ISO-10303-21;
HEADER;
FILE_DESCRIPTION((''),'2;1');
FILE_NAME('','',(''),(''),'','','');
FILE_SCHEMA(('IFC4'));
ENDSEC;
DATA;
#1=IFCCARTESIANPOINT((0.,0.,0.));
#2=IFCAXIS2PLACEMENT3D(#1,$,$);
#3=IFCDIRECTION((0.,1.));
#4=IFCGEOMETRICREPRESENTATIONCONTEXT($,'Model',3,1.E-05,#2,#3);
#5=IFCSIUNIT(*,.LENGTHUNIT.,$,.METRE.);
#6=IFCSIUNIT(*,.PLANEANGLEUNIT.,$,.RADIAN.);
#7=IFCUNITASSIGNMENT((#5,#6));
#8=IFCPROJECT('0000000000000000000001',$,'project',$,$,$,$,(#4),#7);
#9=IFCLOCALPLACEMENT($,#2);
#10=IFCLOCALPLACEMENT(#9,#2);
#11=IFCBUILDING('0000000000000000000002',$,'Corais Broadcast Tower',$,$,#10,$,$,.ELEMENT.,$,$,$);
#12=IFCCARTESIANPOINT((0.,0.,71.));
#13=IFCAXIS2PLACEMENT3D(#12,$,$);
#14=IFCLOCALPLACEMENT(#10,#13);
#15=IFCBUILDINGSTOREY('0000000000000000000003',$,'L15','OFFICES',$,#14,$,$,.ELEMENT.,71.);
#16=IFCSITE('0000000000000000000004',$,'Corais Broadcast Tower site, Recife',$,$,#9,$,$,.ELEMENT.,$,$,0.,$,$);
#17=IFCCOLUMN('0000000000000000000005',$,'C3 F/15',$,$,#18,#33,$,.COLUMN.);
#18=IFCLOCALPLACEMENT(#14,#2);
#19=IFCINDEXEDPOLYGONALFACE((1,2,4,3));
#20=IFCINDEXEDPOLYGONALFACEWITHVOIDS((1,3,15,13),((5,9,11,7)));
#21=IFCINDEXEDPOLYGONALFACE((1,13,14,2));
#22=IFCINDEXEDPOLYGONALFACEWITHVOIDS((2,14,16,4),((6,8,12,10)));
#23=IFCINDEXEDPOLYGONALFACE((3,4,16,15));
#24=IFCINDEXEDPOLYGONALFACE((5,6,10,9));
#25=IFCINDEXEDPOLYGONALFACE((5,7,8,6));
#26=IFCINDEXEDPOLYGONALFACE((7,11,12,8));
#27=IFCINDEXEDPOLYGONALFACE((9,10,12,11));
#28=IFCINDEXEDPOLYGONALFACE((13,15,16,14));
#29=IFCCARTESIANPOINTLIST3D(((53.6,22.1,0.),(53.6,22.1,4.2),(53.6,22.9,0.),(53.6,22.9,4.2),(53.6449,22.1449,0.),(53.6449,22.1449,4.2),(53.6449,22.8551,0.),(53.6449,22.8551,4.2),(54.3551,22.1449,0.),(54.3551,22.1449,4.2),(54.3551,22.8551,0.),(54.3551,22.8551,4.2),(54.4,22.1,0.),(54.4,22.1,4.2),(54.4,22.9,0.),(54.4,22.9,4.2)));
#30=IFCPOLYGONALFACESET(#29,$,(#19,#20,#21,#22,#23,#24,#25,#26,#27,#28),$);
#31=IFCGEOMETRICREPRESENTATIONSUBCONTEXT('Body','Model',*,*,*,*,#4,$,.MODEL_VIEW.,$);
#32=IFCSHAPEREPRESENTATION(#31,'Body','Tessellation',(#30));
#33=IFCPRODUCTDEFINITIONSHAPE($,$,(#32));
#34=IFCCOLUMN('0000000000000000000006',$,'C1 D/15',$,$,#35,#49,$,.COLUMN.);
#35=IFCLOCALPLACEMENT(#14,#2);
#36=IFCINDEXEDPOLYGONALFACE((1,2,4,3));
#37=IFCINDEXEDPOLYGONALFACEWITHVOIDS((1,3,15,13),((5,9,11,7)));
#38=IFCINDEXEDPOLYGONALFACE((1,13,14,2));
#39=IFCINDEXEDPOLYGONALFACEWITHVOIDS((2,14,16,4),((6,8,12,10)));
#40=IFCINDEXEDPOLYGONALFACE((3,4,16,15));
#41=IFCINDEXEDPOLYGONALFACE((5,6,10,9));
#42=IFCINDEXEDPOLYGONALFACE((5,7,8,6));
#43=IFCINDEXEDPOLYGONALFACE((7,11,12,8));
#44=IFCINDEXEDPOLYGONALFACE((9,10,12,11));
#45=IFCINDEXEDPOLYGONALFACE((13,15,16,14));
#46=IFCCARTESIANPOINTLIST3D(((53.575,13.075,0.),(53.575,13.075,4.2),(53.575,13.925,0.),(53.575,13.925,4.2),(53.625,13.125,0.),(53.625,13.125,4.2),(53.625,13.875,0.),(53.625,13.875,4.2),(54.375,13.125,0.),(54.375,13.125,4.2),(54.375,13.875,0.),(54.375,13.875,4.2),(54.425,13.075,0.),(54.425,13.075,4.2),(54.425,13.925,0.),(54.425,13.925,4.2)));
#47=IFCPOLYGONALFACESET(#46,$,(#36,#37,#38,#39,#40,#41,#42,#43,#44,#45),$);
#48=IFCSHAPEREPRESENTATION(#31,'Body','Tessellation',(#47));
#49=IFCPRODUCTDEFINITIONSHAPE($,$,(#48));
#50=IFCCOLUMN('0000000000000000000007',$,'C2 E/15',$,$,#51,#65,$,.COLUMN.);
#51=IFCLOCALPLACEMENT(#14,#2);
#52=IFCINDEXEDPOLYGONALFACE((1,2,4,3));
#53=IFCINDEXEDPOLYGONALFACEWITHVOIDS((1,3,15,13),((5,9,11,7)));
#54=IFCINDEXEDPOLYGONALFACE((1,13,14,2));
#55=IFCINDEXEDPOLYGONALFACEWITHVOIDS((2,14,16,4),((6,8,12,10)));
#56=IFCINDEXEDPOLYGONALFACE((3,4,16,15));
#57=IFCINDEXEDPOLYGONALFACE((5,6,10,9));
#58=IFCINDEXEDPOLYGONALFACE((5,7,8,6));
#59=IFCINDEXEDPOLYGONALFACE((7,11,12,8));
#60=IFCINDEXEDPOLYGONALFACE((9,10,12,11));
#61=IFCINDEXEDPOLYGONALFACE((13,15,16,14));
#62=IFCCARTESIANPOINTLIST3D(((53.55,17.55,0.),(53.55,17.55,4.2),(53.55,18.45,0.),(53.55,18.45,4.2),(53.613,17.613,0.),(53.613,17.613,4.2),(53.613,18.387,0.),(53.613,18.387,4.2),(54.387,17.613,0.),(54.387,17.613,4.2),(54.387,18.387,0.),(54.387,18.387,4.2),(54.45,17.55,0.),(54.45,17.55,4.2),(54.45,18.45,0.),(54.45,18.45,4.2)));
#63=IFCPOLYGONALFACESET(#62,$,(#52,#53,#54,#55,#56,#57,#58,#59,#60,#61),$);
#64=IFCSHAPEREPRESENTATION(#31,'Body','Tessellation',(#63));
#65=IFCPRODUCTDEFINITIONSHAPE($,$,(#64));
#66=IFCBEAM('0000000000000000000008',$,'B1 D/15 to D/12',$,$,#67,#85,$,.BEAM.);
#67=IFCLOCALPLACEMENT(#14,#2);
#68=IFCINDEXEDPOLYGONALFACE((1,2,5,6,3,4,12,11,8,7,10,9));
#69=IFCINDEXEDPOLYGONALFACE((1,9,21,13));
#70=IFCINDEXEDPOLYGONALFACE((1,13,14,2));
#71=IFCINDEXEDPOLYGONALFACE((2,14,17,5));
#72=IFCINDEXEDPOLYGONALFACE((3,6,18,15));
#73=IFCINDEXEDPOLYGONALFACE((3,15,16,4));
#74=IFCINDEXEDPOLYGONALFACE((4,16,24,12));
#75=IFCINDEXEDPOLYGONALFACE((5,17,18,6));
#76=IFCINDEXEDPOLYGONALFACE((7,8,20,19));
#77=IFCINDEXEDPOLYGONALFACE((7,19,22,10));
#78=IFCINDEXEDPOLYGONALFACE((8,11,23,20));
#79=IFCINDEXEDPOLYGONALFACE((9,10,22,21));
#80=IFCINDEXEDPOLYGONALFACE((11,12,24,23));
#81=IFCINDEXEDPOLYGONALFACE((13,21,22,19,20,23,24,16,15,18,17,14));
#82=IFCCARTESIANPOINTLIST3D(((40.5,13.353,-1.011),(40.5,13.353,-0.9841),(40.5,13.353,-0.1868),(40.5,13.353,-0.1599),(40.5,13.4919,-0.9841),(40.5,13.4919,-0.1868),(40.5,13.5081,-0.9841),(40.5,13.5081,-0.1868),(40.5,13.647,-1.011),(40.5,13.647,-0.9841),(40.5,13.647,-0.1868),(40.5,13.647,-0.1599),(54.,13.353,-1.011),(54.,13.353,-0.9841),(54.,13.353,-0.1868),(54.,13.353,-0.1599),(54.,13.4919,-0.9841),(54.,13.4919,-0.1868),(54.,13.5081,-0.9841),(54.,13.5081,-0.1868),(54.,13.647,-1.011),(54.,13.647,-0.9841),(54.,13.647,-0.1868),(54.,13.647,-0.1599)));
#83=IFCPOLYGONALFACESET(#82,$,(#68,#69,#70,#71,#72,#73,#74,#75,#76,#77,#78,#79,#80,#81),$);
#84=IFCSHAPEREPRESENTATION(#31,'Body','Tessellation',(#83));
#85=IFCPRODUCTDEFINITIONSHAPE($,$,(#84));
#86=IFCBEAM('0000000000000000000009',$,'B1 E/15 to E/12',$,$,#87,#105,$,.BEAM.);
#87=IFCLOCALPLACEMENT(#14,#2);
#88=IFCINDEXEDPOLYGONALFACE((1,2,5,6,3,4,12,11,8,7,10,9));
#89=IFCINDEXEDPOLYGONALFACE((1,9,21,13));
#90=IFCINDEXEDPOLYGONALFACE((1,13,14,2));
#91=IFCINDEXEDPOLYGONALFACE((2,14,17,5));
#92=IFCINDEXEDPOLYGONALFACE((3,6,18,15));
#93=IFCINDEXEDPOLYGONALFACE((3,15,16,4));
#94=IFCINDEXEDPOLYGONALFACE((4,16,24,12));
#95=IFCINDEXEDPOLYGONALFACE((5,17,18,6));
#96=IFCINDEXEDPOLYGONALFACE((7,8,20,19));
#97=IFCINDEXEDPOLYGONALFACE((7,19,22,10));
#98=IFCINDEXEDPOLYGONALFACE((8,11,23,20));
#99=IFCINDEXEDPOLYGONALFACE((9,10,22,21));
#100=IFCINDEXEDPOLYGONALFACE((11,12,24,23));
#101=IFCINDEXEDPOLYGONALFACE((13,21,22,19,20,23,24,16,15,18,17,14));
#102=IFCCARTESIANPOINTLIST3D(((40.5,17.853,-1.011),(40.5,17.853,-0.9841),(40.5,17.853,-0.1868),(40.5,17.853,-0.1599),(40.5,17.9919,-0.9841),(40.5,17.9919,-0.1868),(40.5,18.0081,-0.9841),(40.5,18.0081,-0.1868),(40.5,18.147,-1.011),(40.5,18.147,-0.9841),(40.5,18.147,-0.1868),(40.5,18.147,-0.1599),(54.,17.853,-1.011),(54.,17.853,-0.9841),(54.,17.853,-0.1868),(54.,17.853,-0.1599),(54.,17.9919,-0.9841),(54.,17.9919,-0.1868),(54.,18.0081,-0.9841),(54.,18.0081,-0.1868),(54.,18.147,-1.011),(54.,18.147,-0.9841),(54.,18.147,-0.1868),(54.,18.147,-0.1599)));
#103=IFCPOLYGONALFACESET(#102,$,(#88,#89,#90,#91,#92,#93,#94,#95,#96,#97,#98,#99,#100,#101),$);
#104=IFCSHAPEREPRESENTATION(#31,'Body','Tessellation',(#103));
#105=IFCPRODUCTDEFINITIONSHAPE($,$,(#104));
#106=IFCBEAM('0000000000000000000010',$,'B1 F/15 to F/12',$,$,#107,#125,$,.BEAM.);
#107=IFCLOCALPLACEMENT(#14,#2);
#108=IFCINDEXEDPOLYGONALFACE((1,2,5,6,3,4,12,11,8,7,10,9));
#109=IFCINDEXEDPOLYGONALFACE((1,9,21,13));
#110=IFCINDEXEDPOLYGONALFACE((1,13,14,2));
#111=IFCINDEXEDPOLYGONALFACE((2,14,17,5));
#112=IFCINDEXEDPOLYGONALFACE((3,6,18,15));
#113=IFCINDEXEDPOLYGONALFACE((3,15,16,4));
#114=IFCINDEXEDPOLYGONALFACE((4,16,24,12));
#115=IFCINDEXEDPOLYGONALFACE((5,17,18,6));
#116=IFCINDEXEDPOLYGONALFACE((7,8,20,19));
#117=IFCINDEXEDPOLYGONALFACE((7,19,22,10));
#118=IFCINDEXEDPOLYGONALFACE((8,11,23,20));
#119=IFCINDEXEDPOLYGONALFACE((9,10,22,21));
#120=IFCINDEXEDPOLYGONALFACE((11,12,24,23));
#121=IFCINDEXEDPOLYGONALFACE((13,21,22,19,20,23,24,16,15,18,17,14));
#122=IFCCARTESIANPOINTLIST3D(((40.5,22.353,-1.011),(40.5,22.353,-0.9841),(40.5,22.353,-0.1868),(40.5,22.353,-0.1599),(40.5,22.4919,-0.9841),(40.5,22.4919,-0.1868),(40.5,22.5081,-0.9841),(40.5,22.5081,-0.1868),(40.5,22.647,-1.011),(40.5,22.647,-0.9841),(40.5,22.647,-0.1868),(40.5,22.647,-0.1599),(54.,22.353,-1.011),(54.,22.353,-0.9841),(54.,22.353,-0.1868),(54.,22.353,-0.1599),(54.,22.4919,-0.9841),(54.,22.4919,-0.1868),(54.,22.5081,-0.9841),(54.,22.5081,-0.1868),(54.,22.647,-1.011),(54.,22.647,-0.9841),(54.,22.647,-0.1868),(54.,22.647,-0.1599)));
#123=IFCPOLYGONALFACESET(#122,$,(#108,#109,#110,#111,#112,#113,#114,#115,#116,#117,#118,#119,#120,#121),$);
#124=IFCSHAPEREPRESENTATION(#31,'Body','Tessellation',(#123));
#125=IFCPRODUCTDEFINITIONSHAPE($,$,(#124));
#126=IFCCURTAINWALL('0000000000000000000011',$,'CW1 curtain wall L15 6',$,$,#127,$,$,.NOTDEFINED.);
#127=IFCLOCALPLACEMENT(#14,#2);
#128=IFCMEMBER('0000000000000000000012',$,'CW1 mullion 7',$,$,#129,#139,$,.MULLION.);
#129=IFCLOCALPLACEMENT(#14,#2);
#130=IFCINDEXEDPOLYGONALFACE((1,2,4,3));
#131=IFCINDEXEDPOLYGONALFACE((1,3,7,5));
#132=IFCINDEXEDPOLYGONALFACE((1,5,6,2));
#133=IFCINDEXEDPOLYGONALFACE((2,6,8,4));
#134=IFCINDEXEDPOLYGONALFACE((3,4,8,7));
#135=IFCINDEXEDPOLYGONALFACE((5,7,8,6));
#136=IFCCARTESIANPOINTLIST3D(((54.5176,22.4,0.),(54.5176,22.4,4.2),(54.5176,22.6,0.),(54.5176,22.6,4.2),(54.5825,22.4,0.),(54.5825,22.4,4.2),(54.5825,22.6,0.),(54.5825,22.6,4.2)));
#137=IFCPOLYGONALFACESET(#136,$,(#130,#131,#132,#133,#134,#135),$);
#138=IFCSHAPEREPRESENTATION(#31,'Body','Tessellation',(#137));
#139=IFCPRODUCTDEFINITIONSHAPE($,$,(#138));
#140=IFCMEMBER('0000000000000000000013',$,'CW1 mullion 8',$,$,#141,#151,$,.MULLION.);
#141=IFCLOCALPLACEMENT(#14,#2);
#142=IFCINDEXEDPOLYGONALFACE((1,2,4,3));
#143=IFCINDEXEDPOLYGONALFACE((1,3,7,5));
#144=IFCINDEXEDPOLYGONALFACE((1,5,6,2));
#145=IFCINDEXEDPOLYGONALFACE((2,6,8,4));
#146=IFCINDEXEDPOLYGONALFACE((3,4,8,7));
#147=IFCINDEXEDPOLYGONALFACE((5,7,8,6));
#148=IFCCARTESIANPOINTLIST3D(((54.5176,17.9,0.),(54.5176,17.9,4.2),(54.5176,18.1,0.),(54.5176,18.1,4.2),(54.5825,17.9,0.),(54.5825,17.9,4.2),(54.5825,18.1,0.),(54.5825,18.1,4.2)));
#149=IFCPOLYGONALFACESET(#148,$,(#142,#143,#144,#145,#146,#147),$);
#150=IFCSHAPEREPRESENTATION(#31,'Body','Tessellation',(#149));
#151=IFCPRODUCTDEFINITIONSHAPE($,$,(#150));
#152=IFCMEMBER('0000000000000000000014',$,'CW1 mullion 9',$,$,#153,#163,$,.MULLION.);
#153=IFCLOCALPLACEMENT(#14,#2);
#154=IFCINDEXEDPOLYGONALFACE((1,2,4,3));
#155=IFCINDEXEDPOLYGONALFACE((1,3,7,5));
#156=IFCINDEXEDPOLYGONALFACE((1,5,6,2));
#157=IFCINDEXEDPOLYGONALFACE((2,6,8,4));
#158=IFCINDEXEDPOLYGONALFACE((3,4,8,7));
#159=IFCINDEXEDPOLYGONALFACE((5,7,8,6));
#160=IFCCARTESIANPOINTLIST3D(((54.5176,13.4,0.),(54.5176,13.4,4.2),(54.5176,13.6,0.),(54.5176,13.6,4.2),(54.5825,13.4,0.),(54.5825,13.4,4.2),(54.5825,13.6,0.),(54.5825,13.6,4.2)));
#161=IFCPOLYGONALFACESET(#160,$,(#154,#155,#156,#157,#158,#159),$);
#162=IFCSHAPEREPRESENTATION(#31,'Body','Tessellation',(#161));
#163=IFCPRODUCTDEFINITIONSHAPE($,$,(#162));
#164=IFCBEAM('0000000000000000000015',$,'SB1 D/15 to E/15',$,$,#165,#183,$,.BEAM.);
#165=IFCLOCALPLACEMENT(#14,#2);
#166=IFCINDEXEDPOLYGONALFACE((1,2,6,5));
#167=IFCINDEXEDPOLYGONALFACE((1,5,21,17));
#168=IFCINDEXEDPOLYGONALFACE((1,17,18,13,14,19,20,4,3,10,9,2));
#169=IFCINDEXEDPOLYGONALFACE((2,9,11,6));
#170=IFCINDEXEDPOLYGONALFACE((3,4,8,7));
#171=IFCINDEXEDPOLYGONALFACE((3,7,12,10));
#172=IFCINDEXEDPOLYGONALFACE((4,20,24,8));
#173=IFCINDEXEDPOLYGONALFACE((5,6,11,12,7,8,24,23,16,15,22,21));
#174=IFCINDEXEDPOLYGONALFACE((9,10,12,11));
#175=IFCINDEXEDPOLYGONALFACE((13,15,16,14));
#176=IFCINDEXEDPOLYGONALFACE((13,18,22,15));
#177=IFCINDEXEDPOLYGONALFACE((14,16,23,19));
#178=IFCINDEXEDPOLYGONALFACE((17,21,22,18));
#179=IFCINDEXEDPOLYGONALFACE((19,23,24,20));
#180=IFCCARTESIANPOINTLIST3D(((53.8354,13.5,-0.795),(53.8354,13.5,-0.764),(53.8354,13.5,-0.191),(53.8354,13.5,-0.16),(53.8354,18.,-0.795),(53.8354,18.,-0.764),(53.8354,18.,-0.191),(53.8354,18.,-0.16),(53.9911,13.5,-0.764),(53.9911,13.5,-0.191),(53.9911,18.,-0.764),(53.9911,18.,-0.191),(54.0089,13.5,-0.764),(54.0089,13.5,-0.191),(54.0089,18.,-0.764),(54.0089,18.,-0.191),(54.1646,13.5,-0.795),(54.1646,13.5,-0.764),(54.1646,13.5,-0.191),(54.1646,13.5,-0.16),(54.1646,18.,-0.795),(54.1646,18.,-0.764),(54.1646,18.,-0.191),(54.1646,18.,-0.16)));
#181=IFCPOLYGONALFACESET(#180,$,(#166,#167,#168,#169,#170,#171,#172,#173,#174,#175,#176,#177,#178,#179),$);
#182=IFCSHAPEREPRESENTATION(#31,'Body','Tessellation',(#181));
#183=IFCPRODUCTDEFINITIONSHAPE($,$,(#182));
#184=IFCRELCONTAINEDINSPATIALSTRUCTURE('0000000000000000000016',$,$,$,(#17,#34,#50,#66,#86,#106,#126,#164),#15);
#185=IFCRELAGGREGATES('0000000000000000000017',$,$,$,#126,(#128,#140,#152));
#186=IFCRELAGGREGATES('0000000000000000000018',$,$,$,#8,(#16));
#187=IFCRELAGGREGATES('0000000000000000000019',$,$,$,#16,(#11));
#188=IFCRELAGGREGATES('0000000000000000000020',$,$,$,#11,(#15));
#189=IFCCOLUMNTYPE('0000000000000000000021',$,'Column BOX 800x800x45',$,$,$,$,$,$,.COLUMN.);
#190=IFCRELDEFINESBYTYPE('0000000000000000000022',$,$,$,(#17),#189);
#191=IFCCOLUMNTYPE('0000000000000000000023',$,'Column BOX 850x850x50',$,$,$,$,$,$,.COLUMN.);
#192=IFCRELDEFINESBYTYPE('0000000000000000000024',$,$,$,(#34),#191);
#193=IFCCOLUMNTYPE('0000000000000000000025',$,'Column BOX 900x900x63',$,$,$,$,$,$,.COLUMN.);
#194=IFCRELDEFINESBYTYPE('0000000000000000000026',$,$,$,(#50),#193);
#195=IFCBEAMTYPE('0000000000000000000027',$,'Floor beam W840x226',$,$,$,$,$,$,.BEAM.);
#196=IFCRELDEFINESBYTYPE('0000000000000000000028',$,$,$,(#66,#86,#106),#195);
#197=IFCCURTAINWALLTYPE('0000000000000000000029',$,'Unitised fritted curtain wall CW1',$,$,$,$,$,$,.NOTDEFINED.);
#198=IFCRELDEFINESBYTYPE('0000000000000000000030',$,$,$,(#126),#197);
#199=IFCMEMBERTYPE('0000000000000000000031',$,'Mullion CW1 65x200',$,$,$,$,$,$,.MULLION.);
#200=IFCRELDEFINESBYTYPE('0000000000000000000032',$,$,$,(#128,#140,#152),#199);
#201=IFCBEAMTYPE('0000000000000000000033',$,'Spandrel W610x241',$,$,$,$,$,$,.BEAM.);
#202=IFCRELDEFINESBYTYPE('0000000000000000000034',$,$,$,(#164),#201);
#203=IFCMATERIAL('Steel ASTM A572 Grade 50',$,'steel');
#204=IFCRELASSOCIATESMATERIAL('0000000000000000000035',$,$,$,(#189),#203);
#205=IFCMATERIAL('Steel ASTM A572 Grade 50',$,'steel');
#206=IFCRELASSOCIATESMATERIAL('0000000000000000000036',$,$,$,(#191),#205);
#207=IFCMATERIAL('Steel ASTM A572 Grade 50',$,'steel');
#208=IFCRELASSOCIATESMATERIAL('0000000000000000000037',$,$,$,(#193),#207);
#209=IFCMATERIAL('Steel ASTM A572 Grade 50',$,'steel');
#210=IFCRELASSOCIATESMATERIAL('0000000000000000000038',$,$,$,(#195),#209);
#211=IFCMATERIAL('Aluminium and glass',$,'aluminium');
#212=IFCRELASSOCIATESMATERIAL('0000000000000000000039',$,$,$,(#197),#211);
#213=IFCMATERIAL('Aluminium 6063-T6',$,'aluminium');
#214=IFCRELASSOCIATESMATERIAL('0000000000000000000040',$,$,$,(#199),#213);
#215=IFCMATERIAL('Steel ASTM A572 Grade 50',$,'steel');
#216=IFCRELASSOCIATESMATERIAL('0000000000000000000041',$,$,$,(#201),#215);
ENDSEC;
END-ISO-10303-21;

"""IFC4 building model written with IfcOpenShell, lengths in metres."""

from ifc_helpers import new_model, si_unit, direction, frame, origin, origin_2d, place, context, subcontext, project, spatial, rectangle, hollow_rectangle, i_section, extrude, material, material_profile, profile_set, type_object, element, aggregate, save


model = new_model("IFC4")

# Units and contexts
model_context = context("Model", 3, precision=1e-05, world=origin(), true_north=direction((0.0, 1.0)))
body_context = subcontext(model_context, "Body", "Model", "MODEL_VIEW")
ifc_project = project(units=[si_unit("LENGTHUNIT", "METRE"), si_unit("PLANEANGLEUNIT", "RADIAN")], contexts=[model_context])

# Site, building, storey
site_placement = place(None, origin())
site = spatial("IfcSite", under=ifc_project, at=site_placement, Name="Corais Broadcast Tower site, Recife", CompositionType="ELEMENT", RefElevation=0.0)
building_placement = place(site_placement, origin())
building = spatial("IfcBuilding", under=site, at=building_placement, Name="Corais Broadcast Tower", CompositionType="ELEMENT")
storey_placement = place(building_placement, frame((0.0, 0.0, 71.0)))
storey = spatial("IfcBuildingStorey", under=building, at=storey_placement, Name="L15", Description="OFFICES", CompositionType="ELEMENT", Elevation=71.0)

# Columns
ifc_material_1 = material(Name="Steel ASTM A572 Grade 50", Category="steel")
ifc_material_profile_1 = material_profile(ifc_material_1, hollow_rectangle(XDim=0.8, YDim=0.8, WallThickness=0.0449, at=origin_2d()), Name="BOX 800x800x45")
ifc_profile_set_1 = profile_set([ifc_material_profile_1], Name="Steel ASTM A572 Grade 50")
column_type_1 = type_object("IfcColumnType", Name="Column BOX 800x800x45", PredefinedType="COLUMN", material=ifc_profile_set_1)
column_1_placement = place(storey_placement, frame((54.0, 22.5, 0.0), z_axis=(0.0, 0.0, 1.0), x_axis=(1.0, 0.0, 0.0)))
element("IfcColumn", 1, at=column_1_placement, inside=storey, type_object=column_type_1, Name="C3 F/15", PredefinedType="COLUMN", context=body_context, shape_type="SweptSolid", body=[
    extrude(hollow_rectangle(XDim=0.8, YDim=0.8, WallThickness=0.0449, at=origin_2d()), origin(), (0.0, 0.0, 1.0), 4.2),
])
ifc_material_2 = material(Name="Steel ASTM A572 Grade 50", Category="steel")
ifc_material_profile_2 = material_profile(ifc_material_2, hollow_rectangle(XDim=0.8501, YDim=0.8501, WallThickness=0.05, at=origin_2d()), Name="BOX 850x850x50")
ifc_profile_set_2 = profile_set([ifc_material_profile_2], Name="Steel ASTM A572 Grade 50")
column_type_2 = type_object("IfcColumnType", Name="Column BOX 850x850x50", PredefinedType="COLUMN", material=ifc_profile_set_2)
column_2_placement = place(storey_placement, frame((54.0, 13.5, 0.0), z_axis=(0.0, 0.0, 1.0), x_axis=(1.0, 0.0, 0.0)))
element("IfcColumn", 2, at=column_2_placement, inside=storey, type_object=column_type_2, Name="C1 D/15", PredefinedType="COLUMN", context=body_context, shape_type="SweptSolid", body=[
    extrude(hollow_rectangle(XDim=0.8501, YDim=0.8501, WallThickness=0.05, at=origin_2d()), origin(), (0.0, 0.0, 1.0), 4.2),
])
ifc_material_3 = material(Name="Steel ASTM A572 Grade 50", Category="steel")
ifc_material_profile_3 = material_profile(ifc_material_3, hollow_rectangle(XDim=0.8999, YDim=0.8999, WallThickness=0.063, at=origin_2d()), Name="BOX 900x900x63")
ifc_profile_set_3 = profile_set([ifc_material_profile_3], Name="Steel ASTM A572 Grade 50")
column_type_3 = type_object("IfcColumnType", Name="Column BOX 900x900x63", PredefinedType="COLUMN", material=ifc_profile_set_3)
column_3_placement = place(storey_placement, frame((54.0, 18.0, 0.0), z_axis=(0.0, 0.0, 1.0), x_axis=(1.0, 0.0, 0.0)))
element("IfcColumn", 3, at=column_3_placement, inside=storey, type_object=column_type_3, Name="C2 E/15", PredefinedType="COLUMN", context=body_context, shape_type="SweptSolid", body=[
    extrude(hollow_rectangle(XDim=0.8999, YDim=0.8999, WallThickness=0.063, at=origin_2d()), origin(), (0.0, 0.0, 1.0), 4.2),
])

# Beams
ifc_material_4 = material(Name="Steel ASTM A572 Grade 50", Category="steel")
ifc_material_profile_4 = material_profile(ifc_material_4, i_section(OverallWidth=0.2939, OverallDepth=0.8511, WebThickness=0.0161, FlangeThickness=0.0269, at=origin_2d()), Name="W840x226")
ifc_profile_set_4 = profile_set([ifc_material_profile_4], Name="Steel ASTM A572 Grade 50")
beam_type_1 = type_object("IfcBeamType", Name="Floor beam W840x226", PredefinedType="BEAM", material=ifc_profile_set_4)
for number, where, z_axis, x_axis, name in (
    (4, (54.0, 13.5, -0.5854), (-1.0, 0.0, 0.0), (0.0, -1.0, 0.0), "B1 D/15 to D/12"),
    (5, (54.0, 18.0, -0.5854), (-1.0, 0.0, 0.0), (0.0, -1.0, 0.0), "B1 E/15 to E/12"),
    (6, (54.0, 22.5, -0.5854), (-1.0, 0.0, 0.0), (0.0, -1.0, 0.0), "B1 F/15 to F/12"),
):
    element("IfcBeam", number, at=place(storey_placement, frame(where, z_axis=z_axis, x_axis=x_axis)), inside=storey, type_object=beam_type_1, Name=name, PredefinedType="BEAM", context=body_context, shape_type="SweptSolid", body=[
        extrude(i_section(OverallWidth=0.2939, OverallDepth=0.8511, WebThickness=0.0161, FlangeThickness=0.0269, at=origin_2d()), origin(), (0.0, 0.0, 1.0), 13.5),
    ])

# Curtain wall, members
ifc_material_5 = material(Name="Aluminium and glass", Category="aluminium")
curtain_wall_type = type_object("IfcCurtainWallType", Name="Unitised fritted curtain wall CW1", PredefinedType="NOTDEFINED", material=ifc_material_5)
curtain_wall_placement = place(storey_placement, origin())
curtain_wall = element("IfcCurtainWall", 7, at=curtain_wall_placement, inside=storey, type_object=curtain_wall_type, Name="CW1 curtain wall L15 6", PredefinedType="NOTDEFINED")
ifc_material_6 = material(Name="Aluminium 6063-T6", Category="aluminium")
ifc_material_profile_5 = material_profile(ifc_material_6, rectangle(XDim=0.0649, YDim=0.2, at=origin_2d()), Name="Mullion CW1 65x200")
ifc_profile_set_5 = profile_set([ifc_material_profile_5], Name="Aluminium 6063-T6")
member_type_1 = type_object("IfcMemberType", Name="Mullion CW1 65x200", PredefinedType="MULLION", material=ifc_profile_set_5)
member_1_placement = place(storey_placement, frame((54.55, 22.5, 0.0), z_axis=(0.0, 0.0, 1.0), x_axis=(1.0, 0.0, 0.0)))
member_1 = element("IfcMember", 8, at=member_1_placement, type_object=member_type_1, Name="CW1 mullion 7", PredefinedType="MULLION", context=body_context, shape_type="SweptSolid", body=[
    extrude(rectangle(XDim=0.0649, YDim=0.2, at=origin_2d()), origin(), (0.0, 0.0, 1.0), 4.2),
])
member_2_placement = place(storey_placement, frame((54.55, 18.0, 0.0), z_axis=(0.0, 0.0, 1.0), x_axis=(1.0, 0.0, 0.0)))
member_2 = element("IfcMember", 9, at=member_2_placement, type_object=member_type_1, Name="CW1 mullion 8", PredefinedType="MULLION", context=body_context, shape_type="SweptSolid", body=[
    extrude(rectangle(XDim=0.0649, YDim=0.2, at=origin_2d()), origin(), (0.0, 0.0, 1.0), 4.2),
])
member_3_placement = place(storey_placement, frame((54.55, 13.5, 0.0), z_axis=(0.0, 0.0, 1.0), x_axis=(1.0, 0.0, 0.0)))
member_3 = element("IfcMember", 10, at=member_3_placement, type_object=member_type_1, Name="CW1 mullion 9", PredefinedType="MULLION", context=body_context, shape_type="SweptSolid", body=[
    extrude(rectangle(XDim=0.0649, YDim=0.2, at=origin_2d()), origin(), (0.0, 0.0, 1.0), 4.2),
])

# Beam
ifc_material_7 = material(Name="Steel ASTM A572 Grade 50", Category="steel")
ifc_material_profile_6 = material_profile(ifc_material_7, i_section(OverallWidth=0.3291, OverallDepth=0.635, WebThickness=0.0178, FlangeThickness=0.031, at=origin_2d()), Name="W610x241")
ifc_profile_set_6 = profile_set([ifc_material_profile_6], Name="Steel ASTM A572 Grade 50")
beam_type_2 = type_object("IfcBeamType", Name="Spandrel W610x241", PredefinedType="BEAM", material=ifc_profile_set_6)
for number, where, z_axis, x_axis, name in (
    (11, (54.0, 13.5, -0.4775), (0.0, 1.0, 0.0), (-1.0, 0.0, 0.0), "SB1 D/15 to E/15"),
):
    element("IfcBeam", number, at=place(storey_placement, frame(where, z_axis=z_axis, x_axis=x_axis)), inside=storey, type_object=beam_type_2, Name=name, PredefinedType="BEAM", context=body_context, shape_type="SweptSolid", body=[
        extrude(i_section(OverallWidth=0.3291, OverallDepth=0.635, WebThickness=0.0178, FlangeThickness=0.031, at=origin_2d()), origin(), (0.0, 0.0, 1.0), 4.5),
    ])

aggregate(curtain_wall, [member_1, member_2, member_3])

save(model, "model.ifc")
